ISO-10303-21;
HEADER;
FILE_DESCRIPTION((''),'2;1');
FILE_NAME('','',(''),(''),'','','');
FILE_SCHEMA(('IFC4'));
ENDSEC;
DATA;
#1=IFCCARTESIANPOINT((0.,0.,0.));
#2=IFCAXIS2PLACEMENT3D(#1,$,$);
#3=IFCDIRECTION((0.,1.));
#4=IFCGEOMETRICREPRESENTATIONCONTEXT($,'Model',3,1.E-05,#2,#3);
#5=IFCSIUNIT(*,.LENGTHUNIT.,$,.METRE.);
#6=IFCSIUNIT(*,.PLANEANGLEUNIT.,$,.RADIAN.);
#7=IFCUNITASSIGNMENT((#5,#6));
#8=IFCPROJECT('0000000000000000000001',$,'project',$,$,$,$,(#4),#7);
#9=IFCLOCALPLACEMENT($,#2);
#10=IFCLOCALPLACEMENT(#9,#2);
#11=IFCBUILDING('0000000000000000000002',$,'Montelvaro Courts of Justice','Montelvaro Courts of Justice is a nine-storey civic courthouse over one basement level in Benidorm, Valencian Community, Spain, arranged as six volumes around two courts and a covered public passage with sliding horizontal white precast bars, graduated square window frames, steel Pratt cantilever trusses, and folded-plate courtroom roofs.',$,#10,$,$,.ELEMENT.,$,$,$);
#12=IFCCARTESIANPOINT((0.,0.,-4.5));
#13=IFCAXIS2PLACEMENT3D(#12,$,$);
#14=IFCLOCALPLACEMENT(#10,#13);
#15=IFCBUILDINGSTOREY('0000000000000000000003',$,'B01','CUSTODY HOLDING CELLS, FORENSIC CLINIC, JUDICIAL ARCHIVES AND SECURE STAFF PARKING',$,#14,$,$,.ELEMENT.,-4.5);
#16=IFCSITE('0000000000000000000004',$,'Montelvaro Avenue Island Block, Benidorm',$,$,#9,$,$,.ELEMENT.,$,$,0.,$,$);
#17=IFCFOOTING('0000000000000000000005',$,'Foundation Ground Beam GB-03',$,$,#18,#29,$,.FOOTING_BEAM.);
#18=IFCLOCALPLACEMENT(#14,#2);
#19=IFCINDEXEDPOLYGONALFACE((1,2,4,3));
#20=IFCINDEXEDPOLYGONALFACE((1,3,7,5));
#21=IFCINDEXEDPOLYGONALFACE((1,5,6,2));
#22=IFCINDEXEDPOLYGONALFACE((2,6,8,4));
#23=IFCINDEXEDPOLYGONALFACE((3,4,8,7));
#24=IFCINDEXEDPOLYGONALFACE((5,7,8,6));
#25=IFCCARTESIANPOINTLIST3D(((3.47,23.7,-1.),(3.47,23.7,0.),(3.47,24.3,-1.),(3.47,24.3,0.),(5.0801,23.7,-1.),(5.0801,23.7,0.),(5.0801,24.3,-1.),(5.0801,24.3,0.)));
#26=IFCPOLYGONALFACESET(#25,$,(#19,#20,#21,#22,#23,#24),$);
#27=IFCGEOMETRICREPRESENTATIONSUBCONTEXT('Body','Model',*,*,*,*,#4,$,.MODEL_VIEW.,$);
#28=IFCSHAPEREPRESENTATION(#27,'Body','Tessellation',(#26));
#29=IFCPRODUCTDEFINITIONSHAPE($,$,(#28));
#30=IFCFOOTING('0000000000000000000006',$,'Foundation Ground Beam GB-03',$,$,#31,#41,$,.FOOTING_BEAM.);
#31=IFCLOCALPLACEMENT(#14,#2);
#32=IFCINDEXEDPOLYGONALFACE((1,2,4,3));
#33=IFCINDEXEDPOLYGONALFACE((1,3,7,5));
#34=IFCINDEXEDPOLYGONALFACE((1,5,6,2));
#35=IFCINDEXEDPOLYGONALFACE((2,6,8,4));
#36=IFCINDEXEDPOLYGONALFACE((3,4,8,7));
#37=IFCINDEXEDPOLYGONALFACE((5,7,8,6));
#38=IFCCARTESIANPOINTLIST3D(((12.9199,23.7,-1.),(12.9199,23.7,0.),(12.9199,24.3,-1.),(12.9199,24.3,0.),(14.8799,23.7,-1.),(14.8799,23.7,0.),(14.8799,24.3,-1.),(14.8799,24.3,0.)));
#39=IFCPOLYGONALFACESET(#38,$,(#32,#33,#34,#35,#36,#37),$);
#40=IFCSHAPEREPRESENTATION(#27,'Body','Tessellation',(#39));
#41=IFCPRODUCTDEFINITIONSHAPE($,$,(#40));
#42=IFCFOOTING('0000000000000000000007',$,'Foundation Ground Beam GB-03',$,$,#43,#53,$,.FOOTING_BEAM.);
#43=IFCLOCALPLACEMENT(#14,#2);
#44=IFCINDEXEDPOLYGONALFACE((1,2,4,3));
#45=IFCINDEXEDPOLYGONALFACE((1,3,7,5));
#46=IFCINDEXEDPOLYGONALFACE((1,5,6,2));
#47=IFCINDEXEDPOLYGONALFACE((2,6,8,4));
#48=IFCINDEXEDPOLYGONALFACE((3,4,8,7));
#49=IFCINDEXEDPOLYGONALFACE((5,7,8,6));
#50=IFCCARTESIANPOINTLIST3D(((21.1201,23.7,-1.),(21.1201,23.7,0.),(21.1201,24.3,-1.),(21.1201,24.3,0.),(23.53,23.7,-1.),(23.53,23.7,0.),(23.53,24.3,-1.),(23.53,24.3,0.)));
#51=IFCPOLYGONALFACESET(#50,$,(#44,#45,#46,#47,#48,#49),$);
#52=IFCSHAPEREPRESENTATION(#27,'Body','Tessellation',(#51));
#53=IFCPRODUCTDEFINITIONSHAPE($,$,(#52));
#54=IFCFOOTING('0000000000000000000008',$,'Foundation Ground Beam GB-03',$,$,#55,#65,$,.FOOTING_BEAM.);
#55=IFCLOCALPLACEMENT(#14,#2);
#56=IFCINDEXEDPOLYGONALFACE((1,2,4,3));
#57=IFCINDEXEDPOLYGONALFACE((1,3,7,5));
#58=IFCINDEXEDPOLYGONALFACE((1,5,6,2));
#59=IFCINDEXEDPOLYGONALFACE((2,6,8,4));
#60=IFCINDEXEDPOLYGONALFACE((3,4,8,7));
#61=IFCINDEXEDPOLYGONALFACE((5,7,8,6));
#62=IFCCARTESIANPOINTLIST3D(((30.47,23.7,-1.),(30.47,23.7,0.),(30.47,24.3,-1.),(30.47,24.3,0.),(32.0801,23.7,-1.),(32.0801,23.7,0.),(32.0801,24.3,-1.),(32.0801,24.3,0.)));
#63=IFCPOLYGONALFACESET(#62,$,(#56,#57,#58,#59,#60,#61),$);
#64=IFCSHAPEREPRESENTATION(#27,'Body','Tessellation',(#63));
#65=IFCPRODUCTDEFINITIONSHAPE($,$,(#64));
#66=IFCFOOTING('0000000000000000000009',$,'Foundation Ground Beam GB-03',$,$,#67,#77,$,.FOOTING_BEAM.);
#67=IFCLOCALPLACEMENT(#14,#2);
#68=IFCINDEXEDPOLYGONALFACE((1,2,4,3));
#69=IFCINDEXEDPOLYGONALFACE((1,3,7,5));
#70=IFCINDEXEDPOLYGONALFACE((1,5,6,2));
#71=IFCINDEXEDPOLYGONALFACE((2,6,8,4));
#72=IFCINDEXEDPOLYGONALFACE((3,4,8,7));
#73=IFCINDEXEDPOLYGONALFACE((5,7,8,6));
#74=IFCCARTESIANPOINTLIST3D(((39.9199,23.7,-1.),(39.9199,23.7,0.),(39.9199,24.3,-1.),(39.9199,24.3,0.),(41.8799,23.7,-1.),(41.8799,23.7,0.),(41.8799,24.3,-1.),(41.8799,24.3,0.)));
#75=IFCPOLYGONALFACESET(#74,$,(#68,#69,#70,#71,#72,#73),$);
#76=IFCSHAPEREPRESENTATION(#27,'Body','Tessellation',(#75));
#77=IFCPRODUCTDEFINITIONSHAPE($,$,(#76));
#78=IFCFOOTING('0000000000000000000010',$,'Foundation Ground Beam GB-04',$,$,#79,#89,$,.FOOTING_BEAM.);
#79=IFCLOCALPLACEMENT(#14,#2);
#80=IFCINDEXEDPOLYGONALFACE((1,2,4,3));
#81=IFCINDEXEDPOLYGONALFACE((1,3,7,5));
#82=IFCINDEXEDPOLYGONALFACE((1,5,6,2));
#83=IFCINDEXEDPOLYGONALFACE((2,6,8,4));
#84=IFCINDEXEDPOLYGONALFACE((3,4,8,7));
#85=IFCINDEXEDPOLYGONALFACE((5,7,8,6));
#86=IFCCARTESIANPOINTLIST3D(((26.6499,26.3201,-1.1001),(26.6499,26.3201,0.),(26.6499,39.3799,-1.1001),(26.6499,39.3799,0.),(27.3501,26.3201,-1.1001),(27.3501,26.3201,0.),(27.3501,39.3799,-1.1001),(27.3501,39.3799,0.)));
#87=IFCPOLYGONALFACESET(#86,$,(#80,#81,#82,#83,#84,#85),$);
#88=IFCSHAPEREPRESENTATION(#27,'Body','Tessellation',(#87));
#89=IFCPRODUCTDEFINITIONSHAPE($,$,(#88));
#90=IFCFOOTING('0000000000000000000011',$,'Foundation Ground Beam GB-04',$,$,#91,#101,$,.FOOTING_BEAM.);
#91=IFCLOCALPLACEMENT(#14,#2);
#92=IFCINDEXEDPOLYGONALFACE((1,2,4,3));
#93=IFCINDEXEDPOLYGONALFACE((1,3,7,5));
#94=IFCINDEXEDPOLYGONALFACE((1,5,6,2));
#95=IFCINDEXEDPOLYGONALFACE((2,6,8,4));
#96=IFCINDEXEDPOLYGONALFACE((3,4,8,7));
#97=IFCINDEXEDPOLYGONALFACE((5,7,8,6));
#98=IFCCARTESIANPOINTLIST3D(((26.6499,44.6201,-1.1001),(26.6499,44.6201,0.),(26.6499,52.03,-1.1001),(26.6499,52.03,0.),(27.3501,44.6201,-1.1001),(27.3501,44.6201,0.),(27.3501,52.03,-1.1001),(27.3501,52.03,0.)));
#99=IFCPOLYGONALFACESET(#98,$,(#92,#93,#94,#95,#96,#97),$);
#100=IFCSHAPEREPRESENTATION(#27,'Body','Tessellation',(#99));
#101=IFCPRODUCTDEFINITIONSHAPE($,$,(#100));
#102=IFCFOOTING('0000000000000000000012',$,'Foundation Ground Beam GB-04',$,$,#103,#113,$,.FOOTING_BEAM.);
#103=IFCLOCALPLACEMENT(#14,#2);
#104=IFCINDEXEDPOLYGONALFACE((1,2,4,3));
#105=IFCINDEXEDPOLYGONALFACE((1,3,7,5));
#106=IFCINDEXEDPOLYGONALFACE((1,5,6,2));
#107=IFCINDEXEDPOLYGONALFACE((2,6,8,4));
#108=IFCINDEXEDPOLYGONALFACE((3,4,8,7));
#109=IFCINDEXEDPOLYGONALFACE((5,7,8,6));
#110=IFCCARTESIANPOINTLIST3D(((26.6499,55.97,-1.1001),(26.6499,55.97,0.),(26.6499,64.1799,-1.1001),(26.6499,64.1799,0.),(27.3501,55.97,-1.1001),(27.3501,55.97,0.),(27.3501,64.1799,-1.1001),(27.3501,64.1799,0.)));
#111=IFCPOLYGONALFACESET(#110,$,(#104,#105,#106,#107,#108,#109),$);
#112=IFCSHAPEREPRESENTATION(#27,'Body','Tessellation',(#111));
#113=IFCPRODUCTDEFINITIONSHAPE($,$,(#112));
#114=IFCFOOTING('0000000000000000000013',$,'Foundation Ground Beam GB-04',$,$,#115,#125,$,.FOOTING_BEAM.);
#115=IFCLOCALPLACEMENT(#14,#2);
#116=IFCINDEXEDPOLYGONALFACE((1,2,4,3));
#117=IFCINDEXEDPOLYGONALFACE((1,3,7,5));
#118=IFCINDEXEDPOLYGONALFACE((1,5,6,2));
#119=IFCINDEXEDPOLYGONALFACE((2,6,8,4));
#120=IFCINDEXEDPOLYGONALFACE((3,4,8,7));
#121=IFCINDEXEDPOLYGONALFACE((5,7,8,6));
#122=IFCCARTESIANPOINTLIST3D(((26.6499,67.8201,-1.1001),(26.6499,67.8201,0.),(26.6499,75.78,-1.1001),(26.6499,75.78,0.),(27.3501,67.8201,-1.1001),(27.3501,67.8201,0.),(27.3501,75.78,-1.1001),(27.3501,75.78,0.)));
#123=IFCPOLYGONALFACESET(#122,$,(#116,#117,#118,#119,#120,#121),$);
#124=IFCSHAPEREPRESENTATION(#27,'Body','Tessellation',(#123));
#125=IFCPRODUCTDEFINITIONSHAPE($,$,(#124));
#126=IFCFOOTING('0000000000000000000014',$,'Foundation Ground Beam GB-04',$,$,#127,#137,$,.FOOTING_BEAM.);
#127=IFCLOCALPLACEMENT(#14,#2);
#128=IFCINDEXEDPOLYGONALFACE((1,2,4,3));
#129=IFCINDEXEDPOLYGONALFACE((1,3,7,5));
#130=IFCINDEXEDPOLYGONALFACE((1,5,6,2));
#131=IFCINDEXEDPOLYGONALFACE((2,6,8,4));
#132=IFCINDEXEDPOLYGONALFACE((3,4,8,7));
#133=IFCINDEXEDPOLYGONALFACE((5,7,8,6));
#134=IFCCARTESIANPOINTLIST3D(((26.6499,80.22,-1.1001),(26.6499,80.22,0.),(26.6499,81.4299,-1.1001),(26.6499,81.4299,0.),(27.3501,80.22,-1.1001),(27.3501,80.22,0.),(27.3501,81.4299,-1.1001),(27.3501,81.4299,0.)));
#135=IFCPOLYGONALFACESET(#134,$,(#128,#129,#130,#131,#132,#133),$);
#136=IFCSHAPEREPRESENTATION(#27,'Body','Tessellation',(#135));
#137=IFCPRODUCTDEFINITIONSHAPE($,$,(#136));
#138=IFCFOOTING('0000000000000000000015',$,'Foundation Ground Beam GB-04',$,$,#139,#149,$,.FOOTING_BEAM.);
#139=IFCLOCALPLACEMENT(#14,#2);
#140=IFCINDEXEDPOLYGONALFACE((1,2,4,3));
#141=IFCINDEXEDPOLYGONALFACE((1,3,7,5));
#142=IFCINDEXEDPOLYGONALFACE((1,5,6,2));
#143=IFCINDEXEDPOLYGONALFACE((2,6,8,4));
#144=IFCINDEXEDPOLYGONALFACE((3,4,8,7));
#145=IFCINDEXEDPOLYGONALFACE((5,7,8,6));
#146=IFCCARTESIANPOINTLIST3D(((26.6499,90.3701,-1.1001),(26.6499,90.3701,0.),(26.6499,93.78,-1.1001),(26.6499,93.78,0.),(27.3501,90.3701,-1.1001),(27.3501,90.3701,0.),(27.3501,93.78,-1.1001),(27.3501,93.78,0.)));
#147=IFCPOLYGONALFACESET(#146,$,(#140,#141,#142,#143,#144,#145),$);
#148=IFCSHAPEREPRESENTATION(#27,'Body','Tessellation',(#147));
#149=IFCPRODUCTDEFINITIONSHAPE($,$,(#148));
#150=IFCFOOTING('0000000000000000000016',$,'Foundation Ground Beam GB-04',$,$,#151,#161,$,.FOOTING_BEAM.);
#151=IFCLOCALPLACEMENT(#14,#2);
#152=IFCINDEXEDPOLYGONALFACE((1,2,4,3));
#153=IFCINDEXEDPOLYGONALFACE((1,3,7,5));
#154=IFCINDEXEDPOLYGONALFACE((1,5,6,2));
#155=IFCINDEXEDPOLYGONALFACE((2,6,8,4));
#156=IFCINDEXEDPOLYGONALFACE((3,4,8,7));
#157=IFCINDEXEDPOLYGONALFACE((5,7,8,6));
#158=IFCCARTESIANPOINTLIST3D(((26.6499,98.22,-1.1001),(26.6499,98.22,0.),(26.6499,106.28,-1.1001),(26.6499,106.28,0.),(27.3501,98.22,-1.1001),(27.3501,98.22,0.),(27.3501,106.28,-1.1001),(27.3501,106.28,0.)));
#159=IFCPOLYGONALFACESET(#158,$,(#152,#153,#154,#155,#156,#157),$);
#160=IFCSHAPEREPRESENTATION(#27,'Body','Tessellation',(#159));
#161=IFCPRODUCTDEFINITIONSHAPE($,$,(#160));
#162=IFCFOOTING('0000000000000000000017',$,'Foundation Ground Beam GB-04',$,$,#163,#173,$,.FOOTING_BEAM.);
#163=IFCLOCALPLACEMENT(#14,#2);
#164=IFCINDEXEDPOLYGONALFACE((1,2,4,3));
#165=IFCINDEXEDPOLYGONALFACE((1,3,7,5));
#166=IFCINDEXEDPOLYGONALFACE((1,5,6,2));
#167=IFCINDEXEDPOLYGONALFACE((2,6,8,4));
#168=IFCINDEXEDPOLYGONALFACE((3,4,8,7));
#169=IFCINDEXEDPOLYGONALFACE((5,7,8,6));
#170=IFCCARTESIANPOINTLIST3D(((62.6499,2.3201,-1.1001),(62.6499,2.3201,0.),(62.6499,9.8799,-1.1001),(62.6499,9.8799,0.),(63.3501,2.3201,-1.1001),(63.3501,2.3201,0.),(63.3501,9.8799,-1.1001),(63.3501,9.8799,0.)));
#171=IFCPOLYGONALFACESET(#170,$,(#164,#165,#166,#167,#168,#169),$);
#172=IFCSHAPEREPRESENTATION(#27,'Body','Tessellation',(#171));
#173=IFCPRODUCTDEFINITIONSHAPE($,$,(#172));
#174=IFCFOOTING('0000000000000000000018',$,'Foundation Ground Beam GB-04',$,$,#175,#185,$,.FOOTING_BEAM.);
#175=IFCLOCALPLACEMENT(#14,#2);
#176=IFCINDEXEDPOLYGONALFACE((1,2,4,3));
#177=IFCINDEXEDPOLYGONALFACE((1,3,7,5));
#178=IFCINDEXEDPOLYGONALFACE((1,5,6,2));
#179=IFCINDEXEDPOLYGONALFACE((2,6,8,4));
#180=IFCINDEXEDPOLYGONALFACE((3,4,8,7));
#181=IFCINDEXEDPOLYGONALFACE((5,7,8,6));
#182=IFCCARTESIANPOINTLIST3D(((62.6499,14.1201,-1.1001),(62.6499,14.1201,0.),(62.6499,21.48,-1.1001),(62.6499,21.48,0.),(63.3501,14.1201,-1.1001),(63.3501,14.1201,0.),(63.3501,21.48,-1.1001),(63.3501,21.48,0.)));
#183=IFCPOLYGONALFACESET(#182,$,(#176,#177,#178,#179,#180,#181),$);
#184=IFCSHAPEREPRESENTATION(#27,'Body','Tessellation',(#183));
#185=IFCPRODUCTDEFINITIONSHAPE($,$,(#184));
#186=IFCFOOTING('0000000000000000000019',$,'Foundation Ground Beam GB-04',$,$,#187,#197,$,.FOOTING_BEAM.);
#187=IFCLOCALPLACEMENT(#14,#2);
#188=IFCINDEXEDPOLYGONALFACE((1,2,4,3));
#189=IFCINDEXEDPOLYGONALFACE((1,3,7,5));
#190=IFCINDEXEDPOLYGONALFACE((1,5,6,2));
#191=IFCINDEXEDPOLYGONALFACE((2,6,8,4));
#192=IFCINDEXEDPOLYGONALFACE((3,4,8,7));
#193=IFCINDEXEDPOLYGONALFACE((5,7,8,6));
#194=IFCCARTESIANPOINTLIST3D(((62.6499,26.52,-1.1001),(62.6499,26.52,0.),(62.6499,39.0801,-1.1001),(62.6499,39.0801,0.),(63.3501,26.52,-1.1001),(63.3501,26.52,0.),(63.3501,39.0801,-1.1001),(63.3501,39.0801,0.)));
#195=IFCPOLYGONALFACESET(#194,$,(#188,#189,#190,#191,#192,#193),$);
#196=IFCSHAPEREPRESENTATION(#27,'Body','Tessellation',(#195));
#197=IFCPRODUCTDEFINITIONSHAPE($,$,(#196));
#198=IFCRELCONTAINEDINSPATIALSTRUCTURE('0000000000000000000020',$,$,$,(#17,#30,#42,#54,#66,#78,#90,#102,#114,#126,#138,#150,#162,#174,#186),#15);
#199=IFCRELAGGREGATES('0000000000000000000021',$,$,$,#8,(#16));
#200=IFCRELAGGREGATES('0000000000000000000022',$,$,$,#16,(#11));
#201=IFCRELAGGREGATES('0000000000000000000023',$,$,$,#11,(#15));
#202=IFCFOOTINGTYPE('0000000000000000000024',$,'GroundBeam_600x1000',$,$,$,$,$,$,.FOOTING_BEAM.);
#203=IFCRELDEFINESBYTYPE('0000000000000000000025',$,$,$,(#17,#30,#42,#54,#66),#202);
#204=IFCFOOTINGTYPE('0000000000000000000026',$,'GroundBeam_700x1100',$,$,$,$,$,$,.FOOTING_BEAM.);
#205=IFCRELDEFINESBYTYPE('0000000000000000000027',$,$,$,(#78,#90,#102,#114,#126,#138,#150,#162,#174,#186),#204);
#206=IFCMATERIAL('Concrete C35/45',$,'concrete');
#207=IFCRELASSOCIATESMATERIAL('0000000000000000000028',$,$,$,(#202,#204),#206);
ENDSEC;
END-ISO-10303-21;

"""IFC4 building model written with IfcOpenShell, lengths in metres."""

from ifc_helpers import new_model, si_unit, direction, frame, origin, place, context, subcontext, project, spatial, polyline, outline, extrude, material, type_object, element, save


model = new_model("IFC4")

# Units and contexts
model_context = context("Model", 3, precision=1e-05, world=origin(), true_north=direction((0.0, 1.0)))
body_context = subcontext(model_context, "Body", "Model", "MODEL_VIEW")
ifc_project = project(units=[si_unit("LENGTHUNIT", "METRE"), si_unit("PLANEANGLEUNIT", "RADIAN")], contexts=[model_context])

# Site, building, storey
site_placement = place(None, origin())
site = spatial("IfcSite", under=ifc_project, at=site_placement, Name="Montelvaro Avenue Island Block, Benidorm", CompositionType="ELEMENT", RefElevation=0.0)
building_placement = place(site_placement, origin())
building = spatial("IfcBuilding", under=site, at=building_placement, Name="Montelvaro Courts of Justice", Description="Montelvaro Courts of Justice is a nine-storey civic courthouse over one basement level in Benidorm, Valencian Community, Spain, arranged as six volumes around two courts and a covered public passage with sliding horizontal white precast bars, graduated square window frames, steel Pratt cantilever trusses, and folded-plate courtroom roofs.", CompositionType="ELEMENT")
storey_placement = place(building_placement, frame((0.0, 0.0, -4.5)))
storey = spatial("IfcBuildingStorey", under=building, at=storey_placement, Name="B01", Description="CUSTODY HOLDING CELLS, FORENSIC CLINIC, JUDICIAL ARCHIVES AND SECURE STAFF PARKING", CompositionType="ELEMENT", Elevation=-4.5)

# Footings
ifc_material = material(Name="Concrete C35/45", Category="concrete")
footing_type_1 = type_object("IfcFootingType", Name="GroundBeam_600x1000", PredefinedType="FOOTING_BEAM", material=ifc_material)
footing_1_placement = place(storey_placement, frame((0.0, 0.0, -1.0)))
element("IfcFooting", 1, at=footing_1_placement, inside=storey, type_object=footing_type_1, Name="Foundation Ground Beam GB-03", PredefinedType="FOOTING_BEAM", context=body_context, shape_type="SweptSolid", body=[
    extrude(outline(polyline([(3.47, 23.7), (5.0801, 23.7), (5.0801, 24.3), (3.47, 24.3), (3.47, 23.7)])), origin(), (0.0, 0.0, 1.0), 1.0),
])
footing_2_placement = place(storey_placement, frame((0.0, 0.0, -1.0)))
element("IfcFooting", 2, at=footing_2_placement, inside=storey, type_object=footing_type_1, Name="Foundation Ground Beam GB-03", PredefinedType="FOOTING_BEAM", context=body_context, shape_type="SweptSolid", body=[
    extrude(outline(polyline([(12.9199, 23.7), (14.8799, 23.7), (14.8799, 24.3), (12.9199, 24.3), (12.9199, 23.7)])), origin(), (0.0, 0.0, 1.0), 1.0),
])
footing_3_placement = place(storey_placement, frame((0.0, 0.0, -1.0)))
element("IfcFooting", 3, at=footing_3_placement, inside=storey, type_object=footing_type_1, Name="Foundation Ground Beam GB-03", PredefinedType="FOOTING_BEAM", context=body_context, shape_type="SweptSolid", body=[
    extrude(outline(polyline([(21.1201, 23.7), (23.53, 23.7), (23.53, 24.3), (21.1201, 24.3), (21.1201, 23.7)])), origin(), (0.0, 0.0, 1.0), 1.0),
])
footing_4_placement = place(storey_placement, frame((0.0, 0.0, -1.0)))
element("IfcFooting", 4, at=footing_4_placement, inside=storey, type_object=footing_type_1, Name="Foundation Ground Beam GB-03", PredefinedType="FOOTING_BEAM", context=body_context, shape_type="SweptSolid", body=[
    extrude(outline(polyline([(30.47, 23.7), (32.0801, 23.7), (32.0801, 24.3), (30.47, 24.3), (30.47, 23.7)])), origin(), (0.0, 0.0, 1.0), 1.0),
])
footing_5_placement = place(storey_placement, frame((0.0, 0.0, -1.0)))
element("IfcFooting", 5, at=footing_5_placement, inside=storey, type_object=footing_type_1, Name="Foundation Ground Beam GB-03", PredefinedType="FOOTING_BEAM", context=body_context, shape_type="SweptSolid", body=[
    extrude(outline(polyline([(39.9199, 23.7), (41.8799, 23.7), (41.8799, 24.3), (39.9199, 24.3), (39.9199, 23.7)])), origin(), (0.0, 0.0, 1.0), 1.0),
])
footing_type_2 = type_object("IfcFootingType", Name="GroundBeam_700x1100", PredefinedType="FOOTING_BEAM", material=ifc_material)
footing_6_placement = place(storey_placement, frame((0.0, 0.0, -1.1001)))
element("IfcFooting", 6, at=footing_6_placement, inside=storey, type_object=footing_type_2, Name="Foundation Ground Beam GB-04", PredefinedType="FOOTING_BEAM", context=body_context, shape_type="SweptSolid", body=[
    extrude(outline(polyline([(26.6499, 26.3201), (27.3501, 26.3201), (27.3501, 39.3799), (26.6499, 39.3799), (26.6499, 26.3201)])), origin(), (0.0, 0.0, 1.0), 1.1001),
])
footing_7_placement = place(storey_placement, frame((0.0, 0.0, -1.1001)))
element("IfcFooting", 7, at=footing_7_placement, inside=storey, type_object=footing_type_2, Name="Foundation Ground Beam GB-04", PredefinedType="FOOTING_BEAM", context=body_context, shape_type="SweptSolid", body=[
    extrude(outline(polyline([(26.6499, 44.6201), (27.3501, 44.6201), (27.3501, 52.03), (26.6499, 52.03), (26.6499, 44.6201)])), origin(), (0.0, 0.0, 1.0), 1.1001),
])
footing_8_placement = place(storey_placement, frame((0.0, 0.0, -1.1001)))
element("IfcFooting", 8, at=footing_8_placement, inside=storey, type_object=footing_type_2, Name="Foundation Ground Beam GB-04", PredefinedType="FOOTING_BEAM", context=body_context, shape_type="SweptSolid", body=[
    extrude(outline(polyline([(26.6499, 55.97), (27.3501, 55.97), (27.3501, 64.1799), (26.6499, 64.1799), (26.6499, 55.97)])), origin(), (0.0, 0.0, 1.0), 1.1001),
])
footing_9_placement = place(storey_placement, frame((0.0, 0.0, -1.1001)))
element("IfcFooting", 9, at=footing_9_placement, inside=storey, type_object=footing_type_2, Name="Foundation Ground Beam GB-04", PredefinedType="FOOTING_BEAM", context=body_context, shape_type="SweptSolid", body=[
    extrude(outline(polyline([(26.6499, 67.8201), (27.3501, 67.8201), (27.3501, 75.78), (26.6499, 75.78), (26.6499, 67.8201)])), origin(), (0.0, 0.0, 1.0), 1.1001),
])
footing_10_placement = place(storey_placement, frame((0.0, 0.0, -1.1001)))
element("IfcFooting", 10, at=footing_10_placement, inside=storey, type_object=footing_type_2, Name="Foundation Ground Beam GB-04", PredefinedType="FOOTING_BEAM", context=body_context, shape_type="SweptSolid", body=[
    extrude(outline(polyline([(26.6499, 80.22), (27.3501, 80.22), (27.3501, 81.4299), (26.6499, 81.4299), (26.6499, 80.22)])), origin(), (0.0, 0.0, 1.0), 1.1001),
])
footing_11_placement = place(storey_placement, frame((0.0, 0.0, -1.1001)))
element("IfcFooting", 11, at=footing_11_placement, inside=storey, type_object=footing_type_2, Name="Foundation Ground Beam GB-04", PredefinedType="FOOTING_BEAM", context=body_context, shape_type="SweptSolid", body=[
    extrude(outline(polyline([(26.6499, 90.3701), (27.3501, 90.3701), (27.3501, 93.78), (26.6499, 93.78), (26.6499, 90.3701)])), origin(), (0.0, 0.0, 1.0), 1.1001),
])
footing_12_placement = place(storey_placement, frame((0.0, 0.0, -1.1001)))
element("IfcFooting", 12, at=footing_12_placement, inside=storey, type_object=footing_type_2, Name="Foundation Ground Beam GB-04", PredefinedType="FOOTING_BEAM", context=body_context, shape_type="SweptSolid", body=[
    extrude(outline(polyline([(26.6499, 98.22), (27.3501, 98.22), (27.3501, 106.28), (26.6499, 106.28), (26.6499, 98.22)])), origin(), (0.0, 0.0, 1.0), 1.1001),
])
footing_13_placement = place(storey_placement, frame((0.0, 0.0, -1.1001)))
element("IfcFooting", 13, at=footing_13_placement, inside=storey, type_object=footing_type_2, Name="Foundation Ground Beam GB-04", PredefinedType="FOOTING_BEAM", context=body_context, shape_type="SweptSolid", body=[
    extrude(outline(polyline([(62.6499, 2.3201), (63.3501, 2.3201), (63.3501, 9.8799), (62.6499, 9.8799), (62.6499, 2.3201)])), origin(), (0.0, 0.0, 1.0), 1.1001),
])
footing_14_placement = place(storey_placement, frame((0.0, 0.0, -1.1001)))
element("IfcFooting", 14, at=footing_14_placement, inside=storey, type_object=footing_type_2, Name="Foundation Ground Beam GB-04", PredefinedType="FOOTING_BEAM", context=body_context, shape_type="SweptSolid", body=[
    extrude(outline(polyline([(62.6499, 14.1201), (63.3501, 14.1201), (63.3501, 21.48), (62.6499, 21.48), (62.6499, 14.1201)])), origin(), (0.0, 0.0, 1.0), 1.1001),
])
footing_15_placement = place(storey_placement, frame((0.0, 0.0, -1.1001)))
element("IfcFooting", 15, at=footing_15_placement, inside=storey, type_object=footing_type_2, Name="Foundation Ground Beam GB-04", PredefinedType="FOOTING_BEAM", context=body_context, shape_type="SweptSolid", body=[
    extrude(outline(polyline([(62.6499, 26.52), (63.3501, 26.52), (63.3501, 39.0801), (62.6499, 39.0801), (62.6499, 26.52)])), origin(), (0.0, 0.0, 1.0), 1.1001),
])

save(model, "model.ifc")
